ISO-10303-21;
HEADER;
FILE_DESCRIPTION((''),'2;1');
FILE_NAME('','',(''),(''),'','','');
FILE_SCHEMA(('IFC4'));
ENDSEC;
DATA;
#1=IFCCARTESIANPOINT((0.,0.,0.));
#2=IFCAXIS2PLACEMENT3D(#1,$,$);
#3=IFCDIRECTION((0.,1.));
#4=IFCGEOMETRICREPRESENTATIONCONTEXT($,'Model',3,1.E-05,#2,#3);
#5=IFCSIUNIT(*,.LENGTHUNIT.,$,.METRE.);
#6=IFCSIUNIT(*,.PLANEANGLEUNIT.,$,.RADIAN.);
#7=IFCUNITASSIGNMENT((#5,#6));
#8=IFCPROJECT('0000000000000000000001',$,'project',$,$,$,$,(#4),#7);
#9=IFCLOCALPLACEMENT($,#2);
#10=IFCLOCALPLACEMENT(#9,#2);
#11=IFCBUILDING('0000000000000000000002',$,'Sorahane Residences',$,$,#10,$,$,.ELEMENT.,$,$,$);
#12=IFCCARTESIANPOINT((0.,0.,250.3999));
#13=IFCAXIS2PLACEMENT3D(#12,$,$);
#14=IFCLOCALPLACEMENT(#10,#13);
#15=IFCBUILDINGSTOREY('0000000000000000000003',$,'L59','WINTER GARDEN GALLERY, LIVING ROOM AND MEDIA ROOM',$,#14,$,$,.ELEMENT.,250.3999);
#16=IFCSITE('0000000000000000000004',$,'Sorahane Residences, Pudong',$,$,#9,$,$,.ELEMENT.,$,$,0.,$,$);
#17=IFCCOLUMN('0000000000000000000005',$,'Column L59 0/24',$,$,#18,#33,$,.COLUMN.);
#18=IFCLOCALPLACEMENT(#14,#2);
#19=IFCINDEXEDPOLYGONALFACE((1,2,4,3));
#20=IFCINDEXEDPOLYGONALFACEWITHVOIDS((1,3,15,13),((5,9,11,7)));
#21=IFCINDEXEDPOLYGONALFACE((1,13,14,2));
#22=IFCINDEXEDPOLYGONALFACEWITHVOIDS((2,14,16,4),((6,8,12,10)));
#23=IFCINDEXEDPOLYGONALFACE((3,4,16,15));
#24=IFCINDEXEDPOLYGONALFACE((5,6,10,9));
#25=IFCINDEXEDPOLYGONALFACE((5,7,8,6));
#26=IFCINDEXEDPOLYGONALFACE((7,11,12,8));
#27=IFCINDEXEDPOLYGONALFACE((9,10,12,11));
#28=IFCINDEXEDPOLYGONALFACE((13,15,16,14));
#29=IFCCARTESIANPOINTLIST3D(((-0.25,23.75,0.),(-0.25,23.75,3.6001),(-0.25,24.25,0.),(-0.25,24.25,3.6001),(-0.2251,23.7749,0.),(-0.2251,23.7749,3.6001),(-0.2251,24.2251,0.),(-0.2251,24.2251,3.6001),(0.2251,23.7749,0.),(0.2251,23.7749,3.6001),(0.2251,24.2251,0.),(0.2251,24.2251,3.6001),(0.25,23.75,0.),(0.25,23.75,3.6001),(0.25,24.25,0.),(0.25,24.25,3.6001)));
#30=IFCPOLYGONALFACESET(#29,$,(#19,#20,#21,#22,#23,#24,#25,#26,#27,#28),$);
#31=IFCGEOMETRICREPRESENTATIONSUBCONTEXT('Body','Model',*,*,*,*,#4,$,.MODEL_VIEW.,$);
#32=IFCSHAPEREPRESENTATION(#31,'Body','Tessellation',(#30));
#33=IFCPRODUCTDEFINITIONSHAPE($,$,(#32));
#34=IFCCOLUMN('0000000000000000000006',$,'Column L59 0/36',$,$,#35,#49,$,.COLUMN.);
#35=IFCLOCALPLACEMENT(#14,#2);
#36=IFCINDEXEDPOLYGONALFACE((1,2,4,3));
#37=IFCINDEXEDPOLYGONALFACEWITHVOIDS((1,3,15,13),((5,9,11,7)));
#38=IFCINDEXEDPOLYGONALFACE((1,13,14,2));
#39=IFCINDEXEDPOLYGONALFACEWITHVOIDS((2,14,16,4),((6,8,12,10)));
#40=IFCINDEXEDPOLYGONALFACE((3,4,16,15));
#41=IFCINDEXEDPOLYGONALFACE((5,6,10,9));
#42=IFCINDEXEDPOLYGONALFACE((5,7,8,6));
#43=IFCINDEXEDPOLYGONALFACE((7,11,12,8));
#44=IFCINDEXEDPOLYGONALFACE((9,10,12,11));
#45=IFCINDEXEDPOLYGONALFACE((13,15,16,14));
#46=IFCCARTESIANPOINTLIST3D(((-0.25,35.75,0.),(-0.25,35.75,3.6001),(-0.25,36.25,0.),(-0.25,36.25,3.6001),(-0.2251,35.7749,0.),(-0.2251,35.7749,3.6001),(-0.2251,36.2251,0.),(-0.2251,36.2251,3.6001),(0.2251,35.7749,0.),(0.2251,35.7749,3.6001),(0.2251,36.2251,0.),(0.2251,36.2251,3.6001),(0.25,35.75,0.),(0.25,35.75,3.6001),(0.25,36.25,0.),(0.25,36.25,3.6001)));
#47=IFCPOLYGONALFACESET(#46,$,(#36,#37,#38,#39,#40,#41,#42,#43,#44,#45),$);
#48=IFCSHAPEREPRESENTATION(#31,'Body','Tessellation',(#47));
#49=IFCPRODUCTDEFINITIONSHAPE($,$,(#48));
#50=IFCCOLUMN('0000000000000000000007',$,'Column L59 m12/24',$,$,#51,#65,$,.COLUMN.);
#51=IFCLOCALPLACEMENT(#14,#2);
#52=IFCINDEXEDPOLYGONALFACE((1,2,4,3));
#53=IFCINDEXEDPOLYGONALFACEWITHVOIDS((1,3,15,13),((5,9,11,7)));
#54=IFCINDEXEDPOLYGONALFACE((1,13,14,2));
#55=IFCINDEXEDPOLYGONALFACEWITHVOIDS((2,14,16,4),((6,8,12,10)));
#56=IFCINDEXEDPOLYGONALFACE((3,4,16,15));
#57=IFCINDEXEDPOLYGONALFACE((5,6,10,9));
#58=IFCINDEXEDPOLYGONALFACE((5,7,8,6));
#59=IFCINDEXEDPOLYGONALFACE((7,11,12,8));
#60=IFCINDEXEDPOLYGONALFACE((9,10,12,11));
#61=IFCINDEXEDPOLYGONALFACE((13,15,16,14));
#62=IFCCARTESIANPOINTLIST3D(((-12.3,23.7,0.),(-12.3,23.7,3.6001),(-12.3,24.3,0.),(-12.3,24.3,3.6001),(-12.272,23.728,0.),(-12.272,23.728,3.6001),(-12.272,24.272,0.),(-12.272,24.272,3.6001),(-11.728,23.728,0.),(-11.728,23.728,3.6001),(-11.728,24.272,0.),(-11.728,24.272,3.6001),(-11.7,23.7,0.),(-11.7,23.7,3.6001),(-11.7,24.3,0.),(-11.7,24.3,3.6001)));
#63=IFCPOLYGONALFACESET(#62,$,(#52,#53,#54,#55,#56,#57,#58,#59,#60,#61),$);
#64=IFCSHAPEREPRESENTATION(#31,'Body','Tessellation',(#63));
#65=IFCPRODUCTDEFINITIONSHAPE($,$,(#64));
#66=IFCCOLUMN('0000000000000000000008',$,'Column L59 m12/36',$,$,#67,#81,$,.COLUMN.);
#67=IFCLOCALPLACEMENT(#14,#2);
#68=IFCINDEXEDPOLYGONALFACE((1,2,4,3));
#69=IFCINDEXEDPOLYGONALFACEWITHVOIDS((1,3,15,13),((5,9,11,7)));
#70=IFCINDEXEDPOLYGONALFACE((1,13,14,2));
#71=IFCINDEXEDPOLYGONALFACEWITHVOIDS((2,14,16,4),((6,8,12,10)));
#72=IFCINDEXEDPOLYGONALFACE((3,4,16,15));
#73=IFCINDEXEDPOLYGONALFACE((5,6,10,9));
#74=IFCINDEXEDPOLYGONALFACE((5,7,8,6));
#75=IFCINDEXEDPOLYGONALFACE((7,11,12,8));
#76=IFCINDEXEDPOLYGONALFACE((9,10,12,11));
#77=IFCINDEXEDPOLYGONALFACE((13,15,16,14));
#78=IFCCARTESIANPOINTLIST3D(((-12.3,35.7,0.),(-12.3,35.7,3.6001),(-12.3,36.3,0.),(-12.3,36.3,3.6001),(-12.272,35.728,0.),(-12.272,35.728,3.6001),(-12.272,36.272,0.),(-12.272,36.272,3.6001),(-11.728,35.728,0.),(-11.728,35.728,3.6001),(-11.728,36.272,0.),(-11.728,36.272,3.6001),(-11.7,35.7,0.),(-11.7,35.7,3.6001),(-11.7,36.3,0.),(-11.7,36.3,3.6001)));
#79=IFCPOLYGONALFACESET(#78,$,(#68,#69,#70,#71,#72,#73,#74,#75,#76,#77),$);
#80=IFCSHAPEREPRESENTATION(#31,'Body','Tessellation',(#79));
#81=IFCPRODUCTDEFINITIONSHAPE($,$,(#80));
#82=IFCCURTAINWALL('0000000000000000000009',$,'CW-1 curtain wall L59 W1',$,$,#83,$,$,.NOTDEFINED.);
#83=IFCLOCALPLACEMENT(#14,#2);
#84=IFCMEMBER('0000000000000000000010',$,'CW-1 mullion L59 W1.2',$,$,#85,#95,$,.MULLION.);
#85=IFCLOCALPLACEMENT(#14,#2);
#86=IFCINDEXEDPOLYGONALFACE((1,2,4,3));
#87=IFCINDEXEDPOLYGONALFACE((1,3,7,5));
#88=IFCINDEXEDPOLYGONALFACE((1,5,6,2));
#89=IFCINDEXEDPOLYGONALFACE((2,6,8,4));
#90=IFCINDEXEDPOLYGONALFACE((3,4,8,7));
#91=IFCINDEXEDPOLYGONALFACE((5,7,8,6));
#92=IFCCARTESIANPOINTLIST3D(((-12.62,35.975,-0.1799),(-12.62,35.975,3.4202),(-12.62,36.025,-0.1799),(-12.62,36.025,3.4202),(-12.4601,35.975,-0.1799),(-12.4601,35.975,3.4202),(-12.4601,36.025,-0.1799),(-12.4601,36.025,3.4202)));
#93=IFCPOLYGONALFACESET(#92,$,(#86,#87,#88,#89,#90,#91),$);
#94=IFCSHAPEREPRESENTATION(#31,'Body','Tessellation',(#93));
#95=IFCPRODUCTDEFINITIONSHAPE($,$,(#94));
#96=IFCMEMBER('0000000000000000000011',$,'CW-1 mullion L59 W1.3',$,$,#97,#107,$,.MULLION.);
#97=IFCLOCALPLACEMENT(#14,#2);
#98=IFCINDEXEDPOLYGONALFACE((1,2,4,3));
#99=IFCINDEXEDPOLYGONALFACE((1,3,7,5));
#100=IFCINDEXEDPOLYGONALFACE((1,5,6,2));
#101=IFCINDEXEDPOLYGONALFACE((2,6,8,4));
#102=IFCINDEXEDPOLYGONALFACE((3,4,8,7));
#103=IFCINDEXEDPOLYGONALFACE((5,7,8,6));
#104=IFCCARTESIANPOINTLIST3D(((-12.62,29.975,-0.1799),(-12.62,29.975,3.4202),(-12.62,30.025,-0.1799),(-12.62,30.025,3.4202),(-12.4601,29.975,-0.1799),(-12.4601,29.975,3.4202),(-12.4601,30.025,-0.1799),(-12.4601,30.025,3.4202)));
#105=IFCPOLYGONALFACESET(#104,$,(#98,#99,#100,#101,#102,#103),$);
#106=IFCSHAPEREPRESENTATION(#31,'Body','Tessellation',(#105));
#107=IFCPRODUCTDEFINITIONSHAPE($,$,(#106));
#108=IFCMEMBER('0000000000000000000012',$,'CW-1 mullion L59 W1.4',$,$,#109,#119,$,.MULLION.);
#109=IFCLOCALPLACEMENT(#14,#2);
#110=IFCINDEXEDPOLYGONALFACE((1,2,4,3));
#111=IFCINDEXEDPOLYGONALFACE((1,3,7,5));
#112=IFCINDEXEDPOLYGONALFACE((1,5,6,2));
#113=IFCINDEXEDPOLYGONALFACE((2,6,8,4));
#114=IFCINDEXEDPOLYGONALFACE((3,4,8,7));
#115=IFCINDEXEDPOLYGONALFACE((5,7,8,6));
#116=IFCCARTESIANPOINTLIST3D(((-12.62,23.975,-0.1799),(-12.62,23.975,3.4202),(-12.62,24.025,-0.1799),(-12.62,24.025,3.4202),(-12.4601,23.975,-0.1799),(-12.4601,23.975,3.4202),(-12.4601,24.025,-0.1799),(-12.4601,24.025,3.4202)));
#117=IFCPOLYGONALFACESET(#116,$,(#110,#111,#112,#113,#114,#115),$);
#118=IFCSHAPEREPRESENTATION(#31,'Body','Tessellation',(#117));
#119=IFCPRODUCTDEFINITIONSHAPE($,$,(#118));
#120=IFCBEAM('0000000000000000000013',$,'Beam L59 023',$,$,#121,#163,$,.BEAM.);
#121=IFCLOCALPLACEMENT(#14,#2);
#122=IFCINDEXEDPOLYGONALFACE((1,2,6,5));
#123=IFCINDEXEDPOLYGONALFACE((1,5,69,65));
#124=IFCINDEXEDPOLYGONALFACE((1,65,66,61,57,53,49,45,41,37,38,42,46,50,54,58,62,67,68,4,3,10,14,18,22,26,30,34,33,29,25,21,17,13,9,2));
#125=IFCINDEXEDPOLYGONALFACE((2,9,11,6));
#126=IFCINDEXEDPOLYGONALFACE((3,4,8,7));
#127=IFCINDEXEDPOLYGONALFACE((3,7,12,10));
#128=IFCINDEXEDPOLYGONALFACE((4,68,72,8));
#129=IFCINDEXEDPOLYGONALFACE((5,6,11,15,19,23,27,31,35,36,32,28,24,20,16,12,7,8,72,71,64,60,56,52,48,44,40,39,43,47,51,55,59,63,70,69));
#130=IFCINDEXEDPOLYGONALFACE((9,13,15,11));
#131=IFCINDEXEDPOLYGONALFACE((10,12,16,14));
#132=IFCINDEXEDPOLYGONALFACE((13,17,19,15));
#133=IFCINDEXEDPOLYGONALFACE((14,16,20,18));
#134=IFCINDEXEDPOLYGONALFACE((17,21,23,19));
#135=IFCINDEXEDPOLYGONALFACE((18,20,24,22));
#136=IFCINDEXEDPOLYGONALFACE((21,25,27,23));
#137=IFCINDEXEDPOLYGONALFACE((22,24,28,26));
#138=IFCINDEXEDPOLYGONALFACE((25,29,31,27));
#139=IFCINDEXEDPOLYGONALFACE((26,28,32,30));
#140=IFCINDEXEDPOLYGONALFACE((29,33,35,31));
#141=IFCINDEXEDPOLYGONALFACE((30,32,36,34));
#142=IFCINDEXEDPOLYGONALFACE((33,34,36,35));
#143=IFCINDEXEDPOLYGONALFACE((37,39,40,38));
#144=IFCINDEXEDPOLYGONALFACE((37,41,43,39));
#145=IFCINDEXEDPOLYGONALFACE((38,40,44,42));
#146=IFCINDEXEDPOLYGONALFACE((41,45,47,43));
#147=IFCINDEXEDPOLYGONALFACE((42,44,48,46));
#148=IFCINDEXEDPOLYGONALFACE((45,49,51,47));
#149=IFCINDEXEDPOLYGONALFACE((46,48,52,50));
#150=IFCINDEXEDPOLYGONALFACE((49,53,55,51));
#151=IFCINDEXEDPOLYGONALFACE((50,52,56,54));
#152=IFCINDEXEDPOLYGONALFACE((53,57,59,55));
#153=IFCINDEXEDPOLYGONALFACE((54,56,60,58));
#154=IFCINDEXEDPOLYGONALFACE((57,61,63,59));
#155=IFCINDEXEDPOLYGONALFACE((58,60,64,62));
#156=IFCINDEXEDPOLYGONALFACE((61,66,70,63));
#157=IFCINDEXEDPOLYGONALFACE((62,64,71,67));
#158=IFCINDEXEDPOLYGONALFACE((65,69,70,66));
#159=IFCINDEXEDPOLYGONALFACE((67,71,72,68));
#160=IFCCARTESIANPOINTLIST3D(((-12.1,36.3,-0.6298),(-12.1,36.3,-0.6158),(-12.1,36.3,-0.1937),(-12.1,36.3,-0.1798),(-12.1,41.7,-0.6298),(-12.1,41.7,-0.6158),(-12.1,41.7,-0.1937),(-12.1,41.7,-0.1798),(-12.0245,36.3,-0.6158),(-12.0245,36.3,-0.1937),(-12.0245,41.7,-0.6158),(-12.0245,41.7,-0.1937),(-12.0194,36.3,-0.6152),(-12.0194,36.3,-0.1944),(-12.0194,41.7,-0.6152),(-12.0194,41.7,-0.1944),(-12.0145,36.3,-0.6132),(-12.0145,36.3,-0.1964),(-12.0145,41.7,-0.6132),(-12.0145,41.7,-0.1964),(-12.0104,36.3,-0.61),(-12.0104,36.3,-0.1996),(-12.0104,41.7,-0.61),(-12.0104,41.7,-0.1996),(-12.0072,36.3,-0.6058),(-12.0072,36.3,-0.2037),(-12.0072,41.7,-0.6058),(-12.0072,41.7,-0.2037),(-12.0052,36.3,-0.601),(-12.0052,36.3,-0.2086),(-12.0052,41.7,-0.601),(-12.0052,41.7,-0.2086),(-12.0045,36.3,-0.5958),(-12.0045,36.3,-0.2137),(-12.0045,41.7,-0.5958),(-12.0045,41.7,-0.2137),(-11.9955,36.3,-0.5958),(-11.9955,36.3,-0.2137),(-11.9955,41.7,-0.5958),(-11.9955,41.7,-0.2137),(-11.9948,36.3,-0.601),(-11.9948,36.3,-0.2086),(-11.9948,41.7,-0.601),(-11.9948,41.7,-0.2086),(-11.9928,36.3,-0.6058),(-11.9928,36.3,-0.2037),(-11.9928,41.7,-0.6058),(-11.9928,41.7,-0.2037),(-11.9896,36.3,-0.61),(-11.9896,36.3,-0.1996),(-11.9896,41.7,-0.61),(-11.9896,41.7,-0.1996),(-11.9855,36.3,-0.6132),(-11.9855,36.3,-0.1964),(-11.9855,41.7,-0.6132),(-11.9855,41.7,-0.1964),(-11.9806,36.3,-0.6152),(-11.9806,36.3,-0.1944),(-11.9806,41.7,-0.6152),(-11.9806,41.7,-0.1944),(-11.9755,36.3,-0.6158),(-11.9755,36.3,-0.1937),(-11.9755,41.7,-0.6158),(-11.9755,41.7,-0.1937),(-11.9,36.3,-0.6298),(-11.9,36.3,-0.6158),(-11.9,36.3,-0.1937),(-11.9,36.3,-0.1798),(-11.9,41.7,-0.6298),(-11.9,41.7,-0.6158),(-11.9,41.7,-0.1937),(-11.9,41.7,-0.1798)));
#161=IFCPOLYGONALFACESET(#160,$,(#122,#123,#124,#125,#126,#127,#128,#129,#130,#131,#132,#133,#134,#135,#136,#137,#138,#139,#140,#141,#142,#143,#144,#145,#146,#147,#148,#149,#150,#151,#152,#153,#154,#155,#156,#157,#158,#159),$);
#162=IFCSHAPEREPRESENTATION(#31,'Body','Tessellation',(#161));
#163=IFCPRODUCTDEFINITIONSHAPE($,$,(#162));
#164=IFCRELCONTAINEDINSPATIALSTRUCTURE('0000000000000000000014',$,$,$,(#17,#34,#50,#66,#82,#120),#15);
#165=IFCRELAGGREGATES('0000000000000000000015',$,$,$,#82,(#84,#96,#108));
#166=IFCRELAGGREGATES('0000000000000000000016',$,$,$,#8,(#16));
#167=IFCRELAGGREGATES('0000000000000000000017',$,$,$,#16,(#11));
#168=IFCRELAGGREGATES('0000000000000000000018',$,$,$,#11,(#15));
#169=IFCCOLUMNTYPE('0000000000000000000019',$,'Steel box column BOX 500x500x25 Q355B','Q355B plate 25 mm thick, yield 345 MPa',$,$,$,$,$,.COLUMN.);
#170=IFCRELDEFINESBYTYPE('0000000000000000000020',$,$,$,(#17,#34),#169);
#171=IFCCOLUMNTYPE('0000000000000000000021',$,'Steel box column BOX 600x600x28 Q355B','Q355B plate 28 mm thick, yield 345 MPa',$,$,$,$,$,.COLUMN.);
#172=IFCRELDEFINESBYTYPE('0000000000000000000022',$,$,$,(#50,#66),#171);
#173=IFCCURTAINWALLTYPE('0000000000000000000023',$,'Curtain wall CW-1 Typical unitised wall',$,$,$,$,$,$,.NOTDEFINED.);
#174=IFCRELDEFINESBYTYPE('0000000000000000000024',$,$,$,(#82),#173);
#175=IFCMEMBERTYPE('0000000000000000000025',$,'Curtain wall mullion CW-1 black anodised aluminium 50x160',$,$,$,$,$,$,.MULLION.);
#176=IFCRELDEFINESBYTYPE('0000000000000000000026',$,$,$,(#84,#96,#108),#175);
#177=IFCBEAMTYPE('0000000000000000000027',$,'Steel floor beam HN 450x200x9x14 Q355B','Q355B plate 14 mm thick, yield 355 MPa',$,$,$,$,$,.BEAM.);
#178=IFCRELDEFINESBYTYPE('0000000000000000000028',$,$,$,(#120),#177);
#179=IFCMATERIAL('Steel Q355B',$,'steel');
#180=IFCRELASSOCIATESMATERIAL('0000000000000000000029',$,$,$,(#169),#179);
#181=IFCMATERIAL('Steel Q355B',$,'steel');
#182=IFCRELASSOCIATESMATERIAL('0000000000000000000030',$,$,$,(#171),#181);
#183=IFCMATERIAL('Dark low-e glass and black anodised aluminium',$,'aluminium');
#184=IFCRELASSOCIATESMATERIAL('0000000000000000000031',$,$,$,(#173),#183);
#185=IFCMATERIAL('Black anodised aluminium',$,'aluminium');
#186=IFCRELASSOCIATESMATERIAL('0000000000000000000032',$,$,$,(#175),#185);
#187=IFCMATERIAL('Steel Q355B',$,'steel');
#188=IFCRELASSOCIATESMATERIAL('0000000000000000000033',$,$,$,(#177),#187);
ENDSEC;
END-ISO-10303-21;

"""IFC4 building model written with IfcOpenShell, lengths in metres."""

from ifc_helpers import new_model, si_unit, direction, frame, origin, origin_2d, place, context, subcontext, project, spatial, rectangle, hollow_rectangle, i_section, extrude, material, material_profile, profile_set, type_object, element, aggregate, save


model = new_model("IFC4")

# Units and contexts
model_context = context("Model", 3, precision=1e-05, world=origin(), true_north=direction((0.0, 1.0)))
body_context = subcontext(model_context, "Body", "Model", "MODEL_VIEW")
ifc_project = project(units=[si_unit("LENGTHUNIT", "METRE"), si_unit("PLANEANGLEUNIT", "RADIAN")], contexts=[model_context])

# Site, building, storey
site_placement = place(None, origin())
site = spatial("IfcSite", under=ifc_project, at=site_placement, Name="Sorahane Residences, Pudong", CompositionType="ELEMENT", RefElevation=0.0)
building_placement = place(site_placement, origin())
building = spatial("IfcBuilding", under=site, at=building_placement, Name="Sorahane Residences", CompositionType="ELEMENT")
storey_placement = place(building_placement, frame((0.0, 0.0, 250.3999)))
storey = spatial("IfcBuildingStorey", under=building, at=storey_placement, Name="L59", Description="WINTER GARDEN GALLERY, LIVING ROOM AND MEDIA ROOM", CompositionType="ELEMENT", Elevation=250.3999)

# Columns
ifc_material_1 = material(Name="Steel Q355B", Category="steel")
ifc_material_profile_1 = material_profile(ifc_material_1, hollow_rectangle(XDim=0.5, YDim=0.5, WallThickness=0.0249, at=origin_2d()), Name="BOX 500x500x25")
ifc_profile_set_1 = profile_set([ifc_material_profile_1], Name="Steel Q355B")
column_type_1 = type_object("IfcColumnType", Name="Steel box column BOX 500x500x25 Q355B", Description="Q355B plate 25 mm thick, yield 345 MPa", PredefinedType="COLUMN", material=ifc_profile_set_1)
for number, where, z_axis, x_axis, name in (
    (1, (0.0, 24.0, 0.0), (0.0, 0.0, 1.0), (1.0, 0.0, 0.0), "Column L59 0/24"),
    (2, (0.0, 36.0, 0.0), (0.0, 0.0, 1.0), (1.0, 0.0, 0.0), "Column L59 0/36"),
):
    element("IfcColumn", number, at=place(storey_placement, frame(where, z_axis=z_axis, x_axis=x_axis)), inside=storey, type_object=column_type_1, Name=name, PredefinedType="COLUMN", context=body_context, shape_type="SweptSolid", body=[
        extrude(hollow_rectangle(XDim=0.5, YDim=0.5, WallThickness=0.0249, at=origin_2d()), origin(), (0.0, 0.0, 1.0), 3.6001),
    ])
ifc_material_2 = material(Name="Steel Q355B", Category="steel")
ifc_material_profile_2 = material_profile(ifc_material_2, hollow_rectangle(XDim=0.6001, YDim=0.6001, WallThickness=0.0281, at=origin_2d()), Name="BOX 600x600x28")
ifc_profile_set_2 = profile_set([ifc_material_profile_2], Name="Steel Q355B")
column_type_2 = type_object("IfcColumnType", Name="Steel box column BOX 600x600x28 Q355B", Description="Q355B plate 28 mm thick, yield 345 MPa", PredefinedType="COLUMN", material=ifc_profile_set_2)
for number, where, z_axis, x_axis, name in (
    (3, (-12.0, 24.0, 0.0), (0.0, 0.0, 1.0), (1.0, 0.0, 0.0), "Column L59 m12/24"),
    (4, (-12.0, 36.0, 0.0), (0.0, 0.0, 1.0), (1.0, 0.0, 0.0), "Column L59 m12/36"),
):
    element("IfcColumn", number, at=place(storey_placement, frame(where, z_axis=z_axis, x_axis=x_axis)), inside=storey, type_object=column_type_2, Name=name, PredefinedType="COLUMN", context=body_context, shape_type="SweptSolid", body=[
        extrude(hollow_rectangle(XDim=0.6001, YDim=0.6001, WallThickness=0.0281, at=origin_2d()), origin(), (0.0, 0.0, 1.0), 3.6001),
    ])

# Curtain wall, members
ifc_material_3 = material(Name="Dark low-e glass and black anodised aluminium", Category="aluminium")
curtain_wall_type = type_object("IfcCurtainWallType", Name="Curtain wall CW-1 Typical unitised wall", PredefinedType="NOTDEFINED", material=ifc_material_3)
curtain_wall_placement = place(storey_placement, origin())
curtain_wall = element("IfcCurtainWall", 5, at=curtain_wall_placement, inside=storey, type_object=curtain_wall_type, Name="CW-1 curtain wall L59 W1", PredefinedType="NOTDEFINED")
ifc_material_4 = material(Name="Black anodised aluminium", Category="aluminium")
ifc_material_profile_3 = material_profile(ifc_material_4, rectangle(XDim=0.1599, YDim=0.05, at=origin_2d()), Name="Curtain wall mullion CW-1 black anodised aluminium 50x160")
ifc_profile_set_3 = profile_set([ifc_material_profile_3], Name="Black anodised aluminium")
member_type = type_object("IfcMemberType", Name="Curtain wall mullion CW-1 black anodised aluminium 50x160", PredefinedType="MULLION", material=ifc_profile_set_3)
member_1_placement = place(storey_placement, frame((-12.54, 36.0, -0.1799), z_axis=(0.0, 0.0, 1.0), x_axis=(-1.0, 0.0, 0.0)))
member_1 = element("IfcMember", 6, at=member_1_placement, type_object=member_type, Name="CW-1 mullion L59 W1.2", PredefinedType="MULLION", context=body_context, shape_type="SweptSolid", body=[
    extrude(rectangle(XDim=0.1599, YDim=0.05, at=origin_2d()), origin(), (0.0, 0.0, 1.0), 3.6001),
])
member_2_placement = place(storey_placement, frame((-12.54, 30.0, -0.1799), z_axis=(0.0, 0.0, 1.0), x_axis=(-1.0, 0.0, 0.0)))
member_2 = element("IfcMember", 7, at=member_2_placement, type_object=member_type, Name="CW-1 mullion L59 W1.3", PredefinedType="MULLION", context=body_context, shape_type="SweptSolid", body=[
    extrude(rectangle(XDim=0.1599, YDim=0.05, at=origin_2d()), origin(), (0.0, 0.0, 1.0), 3.6001),
])
member_3_placement = place(storey_placement, frame((-12.54, 24.0, -0.1799), z_axis=(0.0, 0.0, 1.0), x_axis=(-1.0, 0.0, 0.0)))
member_3 = element("IfcMember", 8, at=member_3_placement, type_object=member_type, Name="CW-1 mullion L59 W1.4", PredefinedType="MULLION", context=body_context, shape_type="SweptSolid", body=[
    extrude(rectangle(XDim=0.1599, YDim=0.05, at=origin_2d()), origin(), (0.0, 0.0, 1.0), 3.6001),
])

# Beam
ifc_material_5 = material(Name="Steel Q355B", Category="steel")
ifc_material_profile_4 = material_profile(ifc_material_5, i_section(OverallWidth=0.2, OverallDepth=0.45, WebThickness=0.009, FlangeThickness=0.0139, FilletRadius=0.02, at=origin_2d()), Name="HN 450x200x9x14")
ifc_profile_set_4 = profile_set([ifc_material_profile_4], Name="Steel Q355B")
beam_type_1 = type_object("IfcBeamType", Name="Steel floor beam HN 450x200x9x14 Q355B", Description="Q355B plate 14 mm thick, yield 355 MPa", PredefinedType="BEAM", material=ifc_profile_set_4)
beam_1_placement = place(storey_placement, frame((-12.0, 36.3, -0.4048), z_axis=(0.0, 1.0, 0.0), x_axis=(-1.0, 0.0, 0.0)))
element("IfcBeam", 9, at=beam_1_placement, inside=storey, type_object=beam_type_1, Name="Beam L59 023", PredefinedType="BEAM", context=body_context, shape_type="SweptSolid", body=[
    extrude(i_section(OverallWidth=0.2, OverallDepth=0.45, WebThickness=0.009, FlangeThickness=0.0139, FilletRadius=0.02, at=origin_2d()), origin(), (0.0, 0.0, 1.0), 5.3999),
])

aggregate(curtain_wall, [member_1, member_2, member_3])

save(model, "model.ifc")
